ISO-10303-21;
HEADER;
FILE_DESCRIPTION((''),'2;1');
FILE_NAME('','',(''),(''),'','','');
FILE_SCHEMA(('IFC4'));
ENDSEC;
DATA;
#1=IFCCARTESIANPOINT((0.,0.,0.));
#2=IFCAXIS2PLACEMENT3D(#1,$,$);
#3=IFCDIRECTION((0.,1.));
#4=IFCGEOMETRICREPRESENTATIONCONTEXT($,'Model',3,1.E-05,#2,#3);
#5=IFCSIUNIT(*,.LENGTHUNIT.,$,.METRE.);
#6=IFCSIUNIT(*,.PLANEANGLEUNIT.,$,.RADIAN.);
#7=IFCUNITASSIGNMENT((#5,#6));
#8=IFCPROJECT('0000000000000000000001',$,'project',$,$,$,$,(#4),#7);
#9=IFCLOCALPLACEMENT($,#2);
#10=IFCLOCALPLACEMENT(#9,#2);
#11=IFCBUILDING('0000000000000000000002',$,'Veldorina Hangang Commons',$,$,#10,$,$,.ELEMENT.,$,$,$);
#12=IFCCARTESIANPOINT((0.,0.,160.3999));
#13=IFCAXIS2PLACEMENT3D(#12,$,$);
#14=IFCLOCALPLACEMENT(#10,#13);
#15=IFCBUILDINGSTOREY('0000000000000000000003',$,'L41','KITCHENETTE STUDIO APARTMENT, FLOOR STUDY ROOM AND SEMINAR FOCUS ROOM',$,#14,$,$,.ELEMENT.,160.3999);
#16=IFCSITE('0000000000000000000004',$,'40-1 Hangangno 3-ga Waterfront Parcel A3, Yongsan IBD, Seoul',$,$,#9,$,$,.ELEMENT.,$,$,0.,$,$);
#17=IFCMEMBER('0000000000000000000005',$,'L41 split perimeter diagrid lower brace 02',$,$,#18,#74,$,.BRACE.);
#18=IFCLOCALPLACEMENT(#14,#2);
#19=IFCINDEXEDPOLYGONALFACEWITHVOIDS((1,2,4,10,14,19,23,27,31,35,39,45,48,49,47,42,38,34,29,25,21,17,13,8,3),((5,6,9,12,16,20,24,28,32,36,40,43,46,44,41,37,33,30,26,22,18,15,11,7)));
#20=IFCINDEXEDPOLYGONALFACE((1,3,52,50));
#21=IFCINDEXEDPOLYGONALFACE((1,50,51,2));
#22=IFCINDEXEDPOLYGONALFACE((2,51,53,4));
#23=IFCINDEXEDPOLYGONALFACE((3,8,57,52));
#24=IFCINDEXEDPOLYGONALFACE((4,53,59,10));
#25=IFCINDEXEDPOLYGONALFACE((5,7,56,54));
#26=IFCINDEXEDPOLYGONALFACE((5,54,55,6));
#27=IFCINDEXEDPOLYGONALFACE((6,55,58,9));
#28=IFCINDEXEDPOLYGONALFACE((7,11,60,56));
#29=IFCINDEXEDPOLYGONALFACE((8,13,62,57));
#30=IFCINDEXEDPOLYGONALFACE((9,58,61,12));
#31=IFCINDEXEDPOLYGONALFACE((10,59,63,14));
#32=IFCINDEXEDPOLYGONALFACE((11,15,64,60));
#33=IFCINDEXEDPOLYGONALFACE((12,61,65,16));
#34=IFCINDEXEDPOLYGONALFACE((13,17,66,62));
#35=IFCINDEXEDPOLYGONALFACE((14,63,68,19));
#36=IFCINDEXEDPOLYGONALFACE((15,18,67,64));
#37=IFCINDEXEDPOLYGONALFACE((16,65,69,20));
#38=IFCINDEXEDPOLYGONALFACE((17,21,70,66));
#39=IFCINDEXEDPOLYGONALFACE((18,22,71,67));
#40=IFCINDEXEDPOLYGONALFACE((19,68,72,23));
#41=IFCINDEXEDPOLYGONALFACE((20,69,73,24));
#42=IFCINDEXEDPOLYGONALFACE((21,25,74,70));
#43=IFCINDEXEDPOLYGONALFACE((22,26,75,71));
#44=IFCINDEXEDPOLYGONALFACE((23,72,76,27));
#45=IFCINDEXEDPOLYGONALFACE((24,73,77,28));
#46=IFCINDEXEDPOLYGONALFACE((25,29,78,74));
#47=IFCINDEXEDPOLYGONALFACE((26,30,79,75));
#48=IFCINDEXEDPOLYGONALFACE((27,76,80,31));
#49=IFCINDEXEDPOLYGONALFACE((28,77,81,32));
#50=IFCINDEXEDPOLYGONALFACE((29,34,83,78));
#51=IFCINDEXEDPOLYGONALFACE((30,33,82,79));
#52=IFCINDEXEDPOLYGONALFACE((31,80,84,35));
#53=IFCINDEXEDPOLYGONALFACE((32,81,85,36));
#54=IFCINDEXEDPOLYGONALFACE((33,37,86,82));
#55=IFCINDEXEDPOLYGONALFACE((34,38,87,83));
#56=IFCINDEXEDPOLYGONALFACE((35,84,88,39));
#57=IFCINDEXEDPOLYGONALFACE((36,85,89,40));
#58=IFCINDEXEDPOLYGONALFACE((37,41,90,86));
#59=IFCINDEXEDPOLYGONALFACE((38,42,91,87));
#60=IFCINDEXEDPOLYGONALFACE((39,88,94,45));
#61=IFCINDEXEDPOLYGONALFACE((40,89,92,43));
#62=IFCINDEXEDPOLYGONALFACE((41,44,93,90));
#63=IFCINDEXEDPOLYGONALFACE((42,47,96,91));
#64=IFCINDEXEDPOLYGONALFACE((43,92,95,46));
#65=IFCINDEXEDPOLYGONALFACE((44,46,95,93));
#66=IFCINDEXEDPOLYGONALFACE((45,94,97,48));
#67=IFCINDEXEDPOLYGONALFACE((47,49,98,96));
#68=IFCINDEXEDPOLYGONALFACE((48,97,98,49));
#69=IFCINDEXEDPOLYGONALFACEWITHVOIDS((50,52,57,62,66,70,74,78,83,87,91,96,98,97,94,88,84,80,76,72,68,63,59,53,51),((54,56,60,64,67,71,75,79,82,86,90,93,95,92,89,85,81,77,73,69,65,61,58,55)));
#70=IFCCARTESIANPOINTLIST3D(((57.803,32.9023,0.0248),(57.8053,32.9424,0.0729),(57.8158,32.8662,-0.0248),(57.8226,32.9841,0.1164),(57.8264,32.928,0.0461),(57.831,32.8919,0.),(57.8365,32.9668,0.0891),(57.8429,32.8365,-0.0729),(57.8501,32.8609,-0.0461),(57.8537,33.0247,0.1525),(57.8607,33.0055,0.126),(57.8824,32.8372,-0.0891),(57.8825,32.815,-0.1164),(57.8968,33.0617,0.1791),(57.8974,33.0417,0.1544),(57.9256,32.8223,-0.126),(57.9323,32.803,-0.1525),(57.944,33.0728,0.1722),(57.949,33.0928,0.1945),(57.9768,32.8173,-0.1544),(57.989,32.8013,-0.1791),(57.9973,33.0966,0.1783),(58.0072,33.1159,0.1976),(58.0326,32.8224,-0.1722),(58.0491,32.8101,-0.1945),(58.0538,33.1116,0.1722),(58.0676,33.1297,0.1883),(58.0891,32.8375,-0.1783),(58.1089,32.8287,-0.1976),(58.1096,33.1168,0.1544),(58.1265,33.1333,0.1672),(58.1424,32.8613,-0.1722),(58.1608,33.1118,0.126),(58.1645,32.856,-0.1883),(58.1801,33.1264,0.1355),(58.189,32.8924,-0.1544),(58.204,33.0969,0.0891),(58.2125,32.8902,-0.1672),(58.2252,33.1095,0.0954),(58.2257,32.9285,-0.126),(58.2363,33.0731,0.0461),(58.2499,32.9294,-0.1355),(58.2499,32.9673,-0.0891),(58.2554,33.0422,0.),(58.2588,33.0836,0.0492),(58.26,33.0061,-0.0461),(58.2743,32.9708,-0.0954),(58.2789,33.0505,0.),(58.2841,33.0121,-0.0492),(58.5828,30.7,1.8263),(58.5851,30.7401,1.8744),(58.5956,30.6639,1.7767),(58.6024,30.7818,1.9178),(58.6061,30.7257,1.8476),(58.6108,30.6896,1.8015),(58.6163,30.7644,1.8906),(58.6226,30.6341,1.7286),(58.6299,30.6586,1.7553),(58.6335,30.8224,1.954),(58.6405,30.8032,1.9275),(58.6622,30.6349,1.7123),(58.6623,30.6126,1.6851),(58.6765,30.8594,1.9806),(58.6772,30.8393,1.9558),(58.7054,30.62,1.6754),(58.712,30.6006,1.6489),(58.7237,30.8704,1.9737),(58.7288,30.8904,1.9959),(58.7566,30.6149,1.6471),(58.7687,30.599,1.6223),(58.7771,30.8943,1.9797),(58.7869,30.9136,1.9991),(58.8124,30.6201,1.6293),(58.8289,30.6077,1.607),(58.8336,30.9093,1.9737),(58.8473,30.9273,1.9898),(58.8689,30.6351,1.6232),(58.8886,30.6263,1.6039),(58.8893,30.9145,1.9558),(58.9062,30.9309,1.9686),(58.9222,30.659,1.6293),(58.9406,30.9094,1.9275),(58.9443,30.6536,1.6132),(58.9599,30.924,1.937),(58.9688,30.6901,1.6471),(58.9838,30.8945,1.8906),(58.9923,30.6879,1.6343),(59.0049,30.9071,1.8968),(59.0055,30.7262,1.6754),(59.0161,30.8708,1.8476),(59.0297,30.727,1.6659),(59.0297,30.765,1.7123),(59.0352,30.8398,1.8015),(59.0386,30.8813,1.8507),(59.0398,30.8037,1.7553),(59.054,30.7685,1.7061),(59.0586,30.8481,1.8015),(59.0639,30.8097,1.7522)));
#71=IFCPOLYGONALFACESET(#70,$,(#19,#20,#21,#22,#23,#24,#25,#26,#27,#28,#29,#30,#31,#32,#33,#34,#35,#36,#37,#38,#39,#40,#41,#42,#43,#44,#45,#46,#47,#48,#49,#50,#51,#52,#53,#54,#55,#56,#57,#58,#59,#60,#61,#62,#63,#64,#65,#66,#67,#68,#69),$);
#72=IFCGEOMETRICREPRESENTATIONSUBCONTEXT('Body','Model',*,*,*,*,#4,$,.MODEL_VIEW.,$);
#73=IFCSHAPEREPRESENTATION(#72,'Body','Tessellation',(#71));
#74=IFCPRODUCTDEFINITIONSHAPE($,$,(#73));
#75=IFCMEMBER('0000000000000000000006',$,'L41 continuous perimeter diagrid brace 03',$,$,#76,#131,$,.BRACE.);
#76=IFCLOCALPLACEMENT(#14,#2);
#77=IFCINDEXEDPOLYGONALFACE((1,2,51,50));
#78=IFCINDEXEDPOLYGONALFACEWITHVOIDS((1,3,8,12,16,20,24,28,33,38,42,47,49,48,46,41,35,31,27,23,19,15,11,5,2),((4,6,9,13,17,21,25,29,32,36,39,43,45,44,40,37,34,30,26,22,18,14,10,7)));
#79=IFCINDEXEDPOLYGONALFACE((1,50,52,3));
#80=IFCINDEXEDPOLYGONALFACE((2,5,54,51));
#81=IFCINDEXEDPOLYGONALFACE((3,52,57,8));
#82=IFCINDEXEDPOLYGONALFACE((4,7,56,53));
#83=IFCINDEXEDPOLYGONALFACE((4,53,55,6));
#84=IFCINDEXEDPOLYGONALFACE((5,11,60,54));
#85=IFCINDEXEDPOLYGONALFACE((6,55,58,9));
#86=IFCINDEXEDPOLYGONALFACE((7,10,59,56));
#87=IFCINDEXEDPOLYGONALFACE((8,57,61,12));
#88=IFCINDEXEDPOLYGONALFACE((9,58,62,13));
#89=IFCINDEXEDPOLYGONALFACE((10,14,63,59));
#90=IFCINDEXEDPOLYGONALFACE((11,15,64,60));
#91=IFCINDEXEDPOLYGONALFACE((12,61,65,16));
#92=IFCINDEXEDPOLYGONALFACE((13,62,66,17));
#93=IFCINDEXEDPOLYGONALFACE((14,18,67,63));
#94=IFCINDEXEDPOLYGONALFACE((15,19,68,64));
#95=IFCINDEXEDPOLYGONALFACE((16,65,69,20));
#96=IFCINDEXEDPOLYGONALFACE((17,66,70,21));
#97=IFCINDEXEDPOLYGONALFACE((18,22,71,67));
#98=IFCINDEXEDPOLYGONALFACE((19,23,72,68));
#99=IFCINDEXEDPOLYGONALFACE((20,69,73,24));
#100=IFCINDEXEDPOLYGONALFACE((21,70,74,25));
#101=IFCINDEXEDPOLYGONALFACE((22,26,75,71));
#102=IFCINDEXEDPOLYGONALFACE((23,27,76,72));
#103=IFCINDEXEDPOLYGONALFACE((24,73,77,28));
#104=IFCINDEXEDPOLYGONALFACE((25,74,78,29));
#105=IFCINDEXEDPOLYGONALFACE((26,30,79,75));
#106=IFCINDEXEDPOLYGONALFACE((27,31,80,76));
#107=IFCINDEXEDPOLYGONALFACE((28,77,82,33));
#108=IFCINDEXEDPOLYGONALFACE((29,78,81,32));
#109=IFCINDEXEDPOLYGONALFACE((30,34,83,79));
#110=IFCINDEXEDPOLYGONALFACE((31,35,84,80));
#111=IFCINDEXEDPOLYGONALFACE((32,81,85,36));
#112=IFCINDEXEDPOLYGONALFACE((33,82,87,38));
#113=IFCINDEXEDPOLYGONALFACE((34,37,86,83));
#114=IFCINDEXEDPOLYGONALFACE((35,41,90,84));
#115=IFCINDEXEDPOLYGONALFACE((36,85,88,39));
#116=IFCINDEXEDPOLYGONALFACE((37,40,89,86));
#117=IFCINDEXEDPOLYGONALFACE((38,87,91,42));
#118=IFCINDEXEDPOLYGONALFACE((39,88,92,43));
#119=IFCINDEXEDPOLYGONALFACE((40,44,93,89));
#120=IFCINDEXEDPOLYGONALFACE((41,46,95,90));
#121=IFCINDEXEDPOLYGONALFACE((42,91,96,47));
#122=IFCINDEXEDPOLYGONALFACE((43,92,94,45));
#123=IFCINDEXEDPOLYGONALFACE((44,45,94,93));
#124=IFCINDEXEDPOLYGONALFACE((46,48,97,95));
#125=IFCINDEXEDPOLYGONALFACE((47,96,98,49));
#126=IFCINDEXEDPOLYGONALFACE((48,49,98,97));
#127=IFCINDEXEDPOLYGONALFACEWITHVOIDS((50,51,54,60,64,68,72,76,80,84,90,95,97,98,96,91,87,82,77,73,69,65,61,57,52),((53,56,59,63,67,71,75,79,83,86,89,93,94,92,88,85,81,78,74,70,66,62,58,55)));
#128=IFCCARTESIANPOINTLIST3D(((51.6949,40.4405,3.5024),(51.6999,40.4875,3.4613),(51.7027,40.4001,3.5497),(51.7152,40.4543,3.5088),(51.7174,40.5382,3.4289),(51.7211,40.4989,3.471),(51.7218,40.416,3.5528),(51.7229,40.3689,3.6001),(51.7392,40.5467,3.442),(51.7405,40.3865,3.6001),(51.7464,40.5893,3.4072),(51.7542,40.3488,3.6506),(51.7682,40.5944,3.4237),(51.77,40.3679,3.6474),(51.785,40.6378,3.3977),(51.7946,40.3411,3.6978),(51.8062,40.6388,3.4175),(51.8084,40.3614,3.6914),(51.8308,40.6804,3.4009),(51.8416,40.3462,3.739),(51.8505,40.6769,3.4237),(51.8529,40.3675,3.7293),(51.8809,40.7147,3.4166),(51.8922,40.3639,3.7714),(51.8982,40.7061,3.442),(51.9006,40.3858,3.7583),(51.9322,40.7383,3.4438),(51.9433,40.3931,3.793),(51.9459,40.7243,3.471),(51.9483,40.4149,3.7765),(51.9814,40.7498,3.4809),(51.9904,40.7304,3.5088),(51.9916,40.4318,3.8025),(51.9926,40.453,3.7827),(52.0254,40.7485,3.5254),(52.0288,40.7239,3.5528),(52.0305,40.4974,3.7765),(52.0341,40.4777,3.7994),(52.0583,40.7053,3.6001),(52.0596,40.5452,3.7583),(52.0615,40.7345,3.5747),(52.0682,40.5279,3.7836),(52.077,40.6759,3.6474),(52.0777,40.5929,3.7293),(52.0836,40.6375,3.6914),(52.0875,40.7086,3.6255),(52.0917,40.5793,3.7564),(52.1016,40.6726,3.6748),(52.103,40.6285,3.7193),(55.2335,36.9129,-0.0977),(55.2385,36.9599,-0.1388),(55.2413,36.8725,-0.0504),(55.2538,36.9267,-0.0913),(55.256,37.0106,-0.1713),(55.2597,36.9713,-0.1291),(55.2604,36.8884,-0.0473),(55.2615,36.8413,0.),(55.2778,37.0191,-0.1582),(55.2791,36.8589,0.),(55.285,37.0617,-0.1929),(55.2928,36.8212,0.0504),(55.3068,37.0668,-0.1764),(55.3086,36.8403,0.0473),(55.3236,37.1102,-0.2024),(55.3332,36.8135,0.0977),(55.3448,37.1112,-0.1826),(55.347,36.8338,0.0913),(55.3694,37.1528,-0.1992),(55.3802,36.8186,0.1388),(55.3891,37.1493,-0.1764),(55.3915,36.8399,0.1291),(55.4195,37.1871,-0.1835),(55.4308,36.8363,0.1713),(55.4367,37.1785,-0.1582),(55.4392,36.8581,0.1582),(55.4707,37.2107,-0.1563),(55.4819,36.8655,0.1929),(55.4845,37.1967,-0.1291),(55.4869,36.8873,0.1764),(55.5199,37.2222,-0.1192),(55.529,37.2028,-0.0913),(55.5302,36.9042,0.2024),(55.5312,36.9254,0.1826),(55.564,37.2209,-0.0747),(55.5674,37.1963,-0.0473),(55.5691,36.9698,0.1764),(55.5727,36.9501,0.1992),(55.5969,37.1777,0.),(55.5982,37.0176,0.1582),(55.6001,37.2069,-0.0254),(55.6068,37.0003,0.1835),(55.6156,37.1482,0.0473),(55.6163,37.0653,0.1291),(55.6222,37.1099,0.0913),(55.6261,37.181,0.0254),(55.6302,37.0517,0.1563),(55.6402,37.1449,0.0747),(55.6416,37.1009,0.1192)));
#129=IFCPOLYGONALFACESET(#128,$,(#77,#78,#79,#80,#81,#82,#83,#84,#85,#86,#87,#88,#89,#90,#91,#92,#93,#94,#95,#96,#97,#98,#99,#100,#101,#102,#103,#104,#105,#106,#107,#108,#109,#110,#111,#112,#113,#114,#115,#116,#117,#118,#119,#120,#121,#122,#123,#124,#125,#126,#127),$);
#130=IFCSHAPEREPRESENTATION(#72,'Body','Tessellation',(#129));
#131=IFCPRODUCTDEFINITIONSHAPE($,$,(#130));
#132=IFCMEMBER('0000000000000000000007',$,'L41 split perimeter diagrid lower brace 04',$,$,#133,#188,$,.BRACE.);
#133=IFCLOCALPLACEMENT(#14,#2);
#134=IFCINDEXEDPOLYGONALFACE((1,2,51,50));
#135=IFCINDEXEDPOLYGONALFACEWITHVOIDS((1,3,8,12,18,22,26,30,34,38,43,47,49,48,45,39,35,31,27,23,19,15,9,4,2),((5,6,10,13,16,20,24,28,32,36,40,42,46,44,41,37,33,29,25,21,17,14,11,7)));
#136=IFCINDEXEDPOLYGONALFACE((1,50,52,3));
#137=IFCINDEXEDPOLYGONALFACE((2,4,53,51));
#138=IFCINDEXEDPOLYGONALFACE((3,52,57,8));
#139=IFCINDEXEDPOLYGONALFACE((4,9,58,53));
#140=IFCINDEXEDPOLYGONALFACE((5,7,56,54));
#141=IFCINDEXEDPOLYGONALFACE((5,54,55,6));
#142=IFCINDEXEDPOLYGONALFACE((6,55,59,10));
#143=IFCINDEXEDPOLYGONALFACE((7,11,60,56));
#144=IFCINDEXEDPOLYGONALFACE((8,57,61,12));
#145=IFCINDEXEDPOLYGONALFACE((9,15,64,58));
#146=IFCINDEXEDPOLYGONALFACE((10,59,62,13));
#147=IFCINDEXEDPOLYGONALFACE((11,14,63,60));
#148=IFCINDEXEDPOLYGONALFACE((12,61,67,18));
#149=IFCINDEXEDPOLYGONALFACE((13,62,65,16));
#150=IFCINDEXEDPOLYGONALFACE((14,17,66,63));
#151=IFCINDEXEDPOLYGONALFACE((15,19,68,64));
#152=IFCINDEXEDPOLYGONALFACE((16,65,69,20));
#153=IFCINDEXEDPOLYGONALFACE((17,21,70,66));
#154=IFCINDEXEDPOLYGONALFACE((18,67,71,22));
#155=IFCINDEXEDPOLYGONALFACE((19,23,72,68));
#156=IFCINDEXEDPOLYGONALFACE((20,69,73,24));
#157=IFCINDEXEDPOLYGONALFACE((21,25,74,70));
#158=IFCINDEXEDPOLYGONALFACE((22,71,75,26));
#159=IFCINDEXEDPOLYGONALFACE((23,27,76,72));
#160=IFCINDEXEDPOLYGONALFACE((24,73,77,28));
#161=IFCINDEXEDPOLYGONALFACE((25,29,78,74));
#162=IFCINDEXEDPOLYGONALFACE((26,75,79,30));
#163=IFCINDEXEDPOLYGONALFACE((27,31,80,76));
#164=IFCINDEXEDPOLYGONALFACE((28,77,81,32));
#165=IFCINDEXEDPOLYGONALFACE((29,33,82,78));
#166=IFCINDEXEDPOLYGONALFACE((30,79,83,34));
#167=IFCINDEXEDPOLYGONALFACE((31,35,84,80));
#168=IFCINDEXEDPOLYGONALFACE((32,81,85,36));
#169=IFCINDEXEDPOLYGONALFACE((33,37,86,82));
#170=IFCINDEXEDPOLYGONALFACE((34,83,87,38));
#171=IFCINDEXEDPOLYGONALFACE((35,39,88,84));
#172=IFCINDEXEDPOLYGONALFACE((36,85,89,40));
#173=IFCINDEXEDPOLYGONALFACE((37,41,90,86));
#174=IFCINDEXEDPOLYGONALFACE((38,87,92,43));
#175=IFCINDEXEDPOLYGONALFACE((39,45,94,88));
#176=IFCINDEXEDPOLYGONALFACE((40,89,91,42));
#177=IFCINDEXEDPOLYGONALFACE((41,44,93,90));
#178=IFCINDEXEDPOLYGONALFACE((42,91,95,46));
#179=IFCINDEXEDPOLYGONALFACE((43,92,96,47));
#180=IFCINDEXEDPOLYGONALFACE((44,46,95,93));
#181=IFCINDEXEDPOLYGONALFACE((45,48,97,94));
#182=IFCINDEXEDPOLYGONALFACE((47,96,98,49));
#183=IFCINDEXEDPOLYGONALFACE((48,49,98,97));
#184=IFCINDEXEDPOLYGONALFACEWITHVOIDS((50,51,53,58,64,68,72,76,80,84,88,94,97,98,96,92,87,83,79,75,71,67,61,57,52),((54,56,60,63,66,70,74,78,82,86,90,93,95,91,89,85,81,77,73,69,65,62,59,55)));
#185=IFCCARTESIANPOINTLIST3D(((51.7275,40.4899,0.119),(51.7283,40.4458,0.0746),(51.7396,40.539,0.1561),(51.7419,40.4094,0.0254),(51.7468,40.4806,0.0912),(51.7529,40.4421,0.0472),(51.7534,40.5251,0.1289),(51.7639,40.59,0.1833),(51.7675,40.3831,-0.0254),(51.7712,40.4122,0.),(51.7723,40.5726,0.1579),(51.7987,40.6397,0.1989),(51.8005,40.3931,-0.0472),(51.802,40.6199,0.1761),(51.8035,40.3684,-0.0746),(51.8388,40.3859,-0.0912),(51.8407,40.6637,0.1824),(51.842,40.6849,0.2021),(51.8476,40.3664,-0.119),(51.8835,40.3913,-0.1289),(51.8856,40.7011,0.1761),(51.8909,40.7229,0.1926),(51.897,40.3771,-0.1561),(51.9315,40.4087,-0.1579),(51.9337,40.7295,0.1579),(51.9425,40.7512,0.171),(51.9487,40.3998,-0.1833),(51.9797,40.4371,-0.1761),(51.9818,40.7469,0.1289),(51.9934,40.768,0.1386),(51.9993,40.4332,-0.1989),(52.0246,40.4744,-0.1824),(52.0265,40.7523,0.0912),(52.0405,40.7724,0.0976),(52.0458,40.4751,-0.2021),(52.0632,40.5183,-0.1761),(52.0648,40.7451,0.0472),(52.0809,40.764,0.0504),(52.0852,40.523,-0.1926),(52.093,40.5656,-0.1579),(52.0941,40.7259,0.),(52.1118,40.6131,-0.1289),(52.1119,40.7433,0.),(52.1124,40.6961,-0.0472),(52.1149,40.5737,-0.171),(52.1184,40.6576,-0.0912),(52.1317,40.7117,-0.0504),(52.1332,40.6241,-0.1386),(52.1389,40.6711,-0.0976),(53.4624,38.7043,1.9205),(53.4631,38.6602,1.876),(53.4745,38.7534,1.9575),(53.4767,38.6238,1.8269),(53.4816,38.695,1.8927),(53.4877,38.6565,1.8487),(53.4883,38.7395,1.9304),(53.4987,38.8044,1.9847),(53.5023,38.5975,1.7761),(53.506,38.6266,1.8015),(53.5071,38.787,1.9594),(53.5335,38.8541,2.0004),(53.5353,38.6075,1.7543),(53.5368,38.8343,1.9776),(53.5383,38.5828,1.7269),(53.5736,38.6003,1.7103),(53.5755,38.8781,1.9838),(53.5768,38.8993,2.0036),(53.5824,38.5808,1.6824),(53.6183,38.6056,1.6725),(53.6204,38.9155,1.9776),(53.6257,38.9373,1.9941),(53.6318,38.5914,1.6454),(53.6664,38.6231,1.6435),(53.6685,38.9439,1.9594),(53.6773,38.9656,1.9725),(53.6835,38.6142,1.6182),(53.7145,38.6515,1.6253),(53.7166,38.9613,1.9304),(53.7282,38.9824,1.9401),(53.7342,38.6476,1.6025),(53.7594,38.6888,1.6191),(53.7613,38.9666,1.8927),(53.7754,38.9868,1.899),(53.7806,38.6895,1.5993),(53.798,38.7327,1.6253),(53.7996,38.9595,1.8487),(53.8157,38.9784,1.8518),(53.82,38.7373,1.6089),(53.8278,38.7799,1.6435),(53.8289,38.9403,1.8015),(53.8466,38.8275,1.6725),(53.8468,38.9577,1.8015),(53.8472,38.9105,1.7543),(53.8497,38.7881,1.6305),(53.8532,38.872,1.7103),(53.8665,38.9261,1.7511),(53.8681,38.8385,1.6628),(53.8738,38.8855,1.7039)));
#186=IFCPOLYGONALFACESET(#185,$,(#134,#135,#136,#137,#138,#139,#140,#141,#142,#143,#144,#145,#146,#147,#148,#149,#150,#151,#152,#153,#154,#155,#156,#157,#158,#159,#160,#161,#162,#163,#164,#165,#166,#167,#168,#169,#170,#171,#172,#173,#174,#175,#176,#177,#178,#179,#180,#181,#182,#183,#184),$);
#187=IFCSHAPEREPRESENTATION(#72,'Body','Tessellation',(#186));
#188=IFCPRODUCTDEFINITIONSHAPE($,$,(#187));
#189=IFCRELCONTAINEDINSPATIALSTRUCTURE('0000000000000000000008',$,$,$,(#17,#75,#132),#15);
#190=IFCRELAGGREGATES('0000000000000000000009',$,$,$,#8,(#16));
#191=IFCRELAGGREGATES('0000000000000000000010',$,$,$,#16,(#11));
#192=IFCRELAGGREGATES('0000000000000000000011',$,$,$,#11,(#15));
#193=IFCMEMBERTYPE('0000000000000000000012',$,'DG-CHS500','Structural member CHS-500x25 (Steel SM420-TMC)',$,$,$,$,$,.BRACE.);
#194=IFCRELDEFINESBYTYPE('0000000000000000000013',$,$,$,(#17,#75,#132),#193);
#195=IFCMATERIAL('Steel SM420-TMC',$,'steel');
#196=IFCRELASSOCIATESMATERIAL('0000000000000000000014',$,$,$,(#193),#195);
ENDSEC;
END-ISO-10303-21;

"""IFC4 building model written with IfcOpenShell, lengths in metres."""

from ifc_helpers import new_model, si_unit, direction, frame, origin, origin_2d, place, context, subcontext, project, spatial, hollow_circle, extrude, material, material_profile, profile_set, type_object, element, save


model = new_model("IFC4")

# Units and contexts
model_context = context("Model", 3, precision=1e-05, world=origin(), true_north=direction((0.0, 1.0)))
body_context = subcontext(model_context, "Body", "Model", "MODEL_VIEW")
ifc_project = project(units=[si_unit("LENGTHUNIT", "METRE"), si_unit("PLANEANGLEUNIT", "RADIAN")], contexts=[model_context])

# Site, building, storey
site_placement = place(None, origin())
site = spatial("IfcSite", under=ifc_project, at=site_placement, Name="40-1 Hangangno 3-ga Waterfront Parcel A3, Yongsan IBD, Seoul", CompositionType="ELEMENT", RefElevation=0.0)
building_placement = place(site_placement, origin())
building = spatial("IfcBuilding", under=site, at=building_placement, Name="Veldorina Hangang Commons", CompositionType="ELEMENT")
storey_placement = place(building_placement, frame((0.0, 0.0, 160.3999)))
storey = spatial("IfcBuildingStorey", under=building, at=storey_placement, Name="L41", Description="KITCHENETTE STUDIO APARTMENT, FLOOR STUDY ROOM AND SEMINAR FOCUS ROOM", CompositionType="ELEMENT", Elevation=160.3999)

# Shared definitions
ifc_material_1 = material(Name="Steel SM420-TMC", Category="steel")

# Members
ifc_material_profile_1 = material_profile(ifc_material_1, hollow_circle(Radius=0.25, WallThickness=0.0249, at=origin_2d()), Name="CHS-500x25")
ifc_profile_set_1 = profile_set([ifc_material_profile_1], Name="Steel SM420-TMC")
member_type = type_object("IfcMemberType", Name="DG-CHS500", Description="Structural member CHS-500x25 (Steel SM420-TMC)", PredefinedType="BRACE", material=ifc_profile_set_1)
member_1_placement = place(storey_placement, frame((58.0432, 32.967, 0.0), z_axis=(0.26431, -0.746507, 0.610628), x_axis=(0.942658, 0.33376, 0.0)))
element("IfcMember", 1, at=member_1_placement, inside=storey, type_object=member_type, Name="L41 split perimeter diagrid lower brace 02", PredefinedType="BRACE", context=body_context, shape_type="SweptSolid", body=[
    extrude(hollow_circle(Radius=0.25, WallThickness=0.0249, at=origin_2d()), origin(), (0.0, 0.0, 1.0), 2.9502),
])
member_2_placement = place(storey_placement, frame((55.438, 37.0183, 0.0), z_axis=(-0.574592, 0.572808, 0.584582), x_axis=(-0.706007, -0.708205, 0.0)))
element("IfcMember", 2, at=member_2_placement, inside=storey, type_object=member_type, Name="L41 continuous perimeter diagrid brace 03", PredefinedType="BRACE", context=body_context, shape_type="SweptSolid", body=[
    extrude(hollow_circle(Radius=0.25, WallThickness=0.0249, at=origin_2d()), origin(), (0.0, 0.0, 1.0), 6.1584),
])
member_3_placement = place(storey_placement, frame((51.9326, 40.5691, 0.0), z_axis=(0.564538, -0.581063, 0.586227), x_axis=(0.717232, 0.696835, 0.0)))
element("IfcMember", 3, at=member_3_placement, inside=storey, type_object=member_type, Name="L41 split perimeter diagrid lower brace 04", PredefinedType="BRACE", context=body_context, shape_type="SweptSolid", body=[
    extrude(hollow_circle(Radius=0.25, WallThickness=0.0249, at=origin_2d()), origin(), (0.0, 0.0, 1.0), 3.073),
])

save(model, "model.ifc")
